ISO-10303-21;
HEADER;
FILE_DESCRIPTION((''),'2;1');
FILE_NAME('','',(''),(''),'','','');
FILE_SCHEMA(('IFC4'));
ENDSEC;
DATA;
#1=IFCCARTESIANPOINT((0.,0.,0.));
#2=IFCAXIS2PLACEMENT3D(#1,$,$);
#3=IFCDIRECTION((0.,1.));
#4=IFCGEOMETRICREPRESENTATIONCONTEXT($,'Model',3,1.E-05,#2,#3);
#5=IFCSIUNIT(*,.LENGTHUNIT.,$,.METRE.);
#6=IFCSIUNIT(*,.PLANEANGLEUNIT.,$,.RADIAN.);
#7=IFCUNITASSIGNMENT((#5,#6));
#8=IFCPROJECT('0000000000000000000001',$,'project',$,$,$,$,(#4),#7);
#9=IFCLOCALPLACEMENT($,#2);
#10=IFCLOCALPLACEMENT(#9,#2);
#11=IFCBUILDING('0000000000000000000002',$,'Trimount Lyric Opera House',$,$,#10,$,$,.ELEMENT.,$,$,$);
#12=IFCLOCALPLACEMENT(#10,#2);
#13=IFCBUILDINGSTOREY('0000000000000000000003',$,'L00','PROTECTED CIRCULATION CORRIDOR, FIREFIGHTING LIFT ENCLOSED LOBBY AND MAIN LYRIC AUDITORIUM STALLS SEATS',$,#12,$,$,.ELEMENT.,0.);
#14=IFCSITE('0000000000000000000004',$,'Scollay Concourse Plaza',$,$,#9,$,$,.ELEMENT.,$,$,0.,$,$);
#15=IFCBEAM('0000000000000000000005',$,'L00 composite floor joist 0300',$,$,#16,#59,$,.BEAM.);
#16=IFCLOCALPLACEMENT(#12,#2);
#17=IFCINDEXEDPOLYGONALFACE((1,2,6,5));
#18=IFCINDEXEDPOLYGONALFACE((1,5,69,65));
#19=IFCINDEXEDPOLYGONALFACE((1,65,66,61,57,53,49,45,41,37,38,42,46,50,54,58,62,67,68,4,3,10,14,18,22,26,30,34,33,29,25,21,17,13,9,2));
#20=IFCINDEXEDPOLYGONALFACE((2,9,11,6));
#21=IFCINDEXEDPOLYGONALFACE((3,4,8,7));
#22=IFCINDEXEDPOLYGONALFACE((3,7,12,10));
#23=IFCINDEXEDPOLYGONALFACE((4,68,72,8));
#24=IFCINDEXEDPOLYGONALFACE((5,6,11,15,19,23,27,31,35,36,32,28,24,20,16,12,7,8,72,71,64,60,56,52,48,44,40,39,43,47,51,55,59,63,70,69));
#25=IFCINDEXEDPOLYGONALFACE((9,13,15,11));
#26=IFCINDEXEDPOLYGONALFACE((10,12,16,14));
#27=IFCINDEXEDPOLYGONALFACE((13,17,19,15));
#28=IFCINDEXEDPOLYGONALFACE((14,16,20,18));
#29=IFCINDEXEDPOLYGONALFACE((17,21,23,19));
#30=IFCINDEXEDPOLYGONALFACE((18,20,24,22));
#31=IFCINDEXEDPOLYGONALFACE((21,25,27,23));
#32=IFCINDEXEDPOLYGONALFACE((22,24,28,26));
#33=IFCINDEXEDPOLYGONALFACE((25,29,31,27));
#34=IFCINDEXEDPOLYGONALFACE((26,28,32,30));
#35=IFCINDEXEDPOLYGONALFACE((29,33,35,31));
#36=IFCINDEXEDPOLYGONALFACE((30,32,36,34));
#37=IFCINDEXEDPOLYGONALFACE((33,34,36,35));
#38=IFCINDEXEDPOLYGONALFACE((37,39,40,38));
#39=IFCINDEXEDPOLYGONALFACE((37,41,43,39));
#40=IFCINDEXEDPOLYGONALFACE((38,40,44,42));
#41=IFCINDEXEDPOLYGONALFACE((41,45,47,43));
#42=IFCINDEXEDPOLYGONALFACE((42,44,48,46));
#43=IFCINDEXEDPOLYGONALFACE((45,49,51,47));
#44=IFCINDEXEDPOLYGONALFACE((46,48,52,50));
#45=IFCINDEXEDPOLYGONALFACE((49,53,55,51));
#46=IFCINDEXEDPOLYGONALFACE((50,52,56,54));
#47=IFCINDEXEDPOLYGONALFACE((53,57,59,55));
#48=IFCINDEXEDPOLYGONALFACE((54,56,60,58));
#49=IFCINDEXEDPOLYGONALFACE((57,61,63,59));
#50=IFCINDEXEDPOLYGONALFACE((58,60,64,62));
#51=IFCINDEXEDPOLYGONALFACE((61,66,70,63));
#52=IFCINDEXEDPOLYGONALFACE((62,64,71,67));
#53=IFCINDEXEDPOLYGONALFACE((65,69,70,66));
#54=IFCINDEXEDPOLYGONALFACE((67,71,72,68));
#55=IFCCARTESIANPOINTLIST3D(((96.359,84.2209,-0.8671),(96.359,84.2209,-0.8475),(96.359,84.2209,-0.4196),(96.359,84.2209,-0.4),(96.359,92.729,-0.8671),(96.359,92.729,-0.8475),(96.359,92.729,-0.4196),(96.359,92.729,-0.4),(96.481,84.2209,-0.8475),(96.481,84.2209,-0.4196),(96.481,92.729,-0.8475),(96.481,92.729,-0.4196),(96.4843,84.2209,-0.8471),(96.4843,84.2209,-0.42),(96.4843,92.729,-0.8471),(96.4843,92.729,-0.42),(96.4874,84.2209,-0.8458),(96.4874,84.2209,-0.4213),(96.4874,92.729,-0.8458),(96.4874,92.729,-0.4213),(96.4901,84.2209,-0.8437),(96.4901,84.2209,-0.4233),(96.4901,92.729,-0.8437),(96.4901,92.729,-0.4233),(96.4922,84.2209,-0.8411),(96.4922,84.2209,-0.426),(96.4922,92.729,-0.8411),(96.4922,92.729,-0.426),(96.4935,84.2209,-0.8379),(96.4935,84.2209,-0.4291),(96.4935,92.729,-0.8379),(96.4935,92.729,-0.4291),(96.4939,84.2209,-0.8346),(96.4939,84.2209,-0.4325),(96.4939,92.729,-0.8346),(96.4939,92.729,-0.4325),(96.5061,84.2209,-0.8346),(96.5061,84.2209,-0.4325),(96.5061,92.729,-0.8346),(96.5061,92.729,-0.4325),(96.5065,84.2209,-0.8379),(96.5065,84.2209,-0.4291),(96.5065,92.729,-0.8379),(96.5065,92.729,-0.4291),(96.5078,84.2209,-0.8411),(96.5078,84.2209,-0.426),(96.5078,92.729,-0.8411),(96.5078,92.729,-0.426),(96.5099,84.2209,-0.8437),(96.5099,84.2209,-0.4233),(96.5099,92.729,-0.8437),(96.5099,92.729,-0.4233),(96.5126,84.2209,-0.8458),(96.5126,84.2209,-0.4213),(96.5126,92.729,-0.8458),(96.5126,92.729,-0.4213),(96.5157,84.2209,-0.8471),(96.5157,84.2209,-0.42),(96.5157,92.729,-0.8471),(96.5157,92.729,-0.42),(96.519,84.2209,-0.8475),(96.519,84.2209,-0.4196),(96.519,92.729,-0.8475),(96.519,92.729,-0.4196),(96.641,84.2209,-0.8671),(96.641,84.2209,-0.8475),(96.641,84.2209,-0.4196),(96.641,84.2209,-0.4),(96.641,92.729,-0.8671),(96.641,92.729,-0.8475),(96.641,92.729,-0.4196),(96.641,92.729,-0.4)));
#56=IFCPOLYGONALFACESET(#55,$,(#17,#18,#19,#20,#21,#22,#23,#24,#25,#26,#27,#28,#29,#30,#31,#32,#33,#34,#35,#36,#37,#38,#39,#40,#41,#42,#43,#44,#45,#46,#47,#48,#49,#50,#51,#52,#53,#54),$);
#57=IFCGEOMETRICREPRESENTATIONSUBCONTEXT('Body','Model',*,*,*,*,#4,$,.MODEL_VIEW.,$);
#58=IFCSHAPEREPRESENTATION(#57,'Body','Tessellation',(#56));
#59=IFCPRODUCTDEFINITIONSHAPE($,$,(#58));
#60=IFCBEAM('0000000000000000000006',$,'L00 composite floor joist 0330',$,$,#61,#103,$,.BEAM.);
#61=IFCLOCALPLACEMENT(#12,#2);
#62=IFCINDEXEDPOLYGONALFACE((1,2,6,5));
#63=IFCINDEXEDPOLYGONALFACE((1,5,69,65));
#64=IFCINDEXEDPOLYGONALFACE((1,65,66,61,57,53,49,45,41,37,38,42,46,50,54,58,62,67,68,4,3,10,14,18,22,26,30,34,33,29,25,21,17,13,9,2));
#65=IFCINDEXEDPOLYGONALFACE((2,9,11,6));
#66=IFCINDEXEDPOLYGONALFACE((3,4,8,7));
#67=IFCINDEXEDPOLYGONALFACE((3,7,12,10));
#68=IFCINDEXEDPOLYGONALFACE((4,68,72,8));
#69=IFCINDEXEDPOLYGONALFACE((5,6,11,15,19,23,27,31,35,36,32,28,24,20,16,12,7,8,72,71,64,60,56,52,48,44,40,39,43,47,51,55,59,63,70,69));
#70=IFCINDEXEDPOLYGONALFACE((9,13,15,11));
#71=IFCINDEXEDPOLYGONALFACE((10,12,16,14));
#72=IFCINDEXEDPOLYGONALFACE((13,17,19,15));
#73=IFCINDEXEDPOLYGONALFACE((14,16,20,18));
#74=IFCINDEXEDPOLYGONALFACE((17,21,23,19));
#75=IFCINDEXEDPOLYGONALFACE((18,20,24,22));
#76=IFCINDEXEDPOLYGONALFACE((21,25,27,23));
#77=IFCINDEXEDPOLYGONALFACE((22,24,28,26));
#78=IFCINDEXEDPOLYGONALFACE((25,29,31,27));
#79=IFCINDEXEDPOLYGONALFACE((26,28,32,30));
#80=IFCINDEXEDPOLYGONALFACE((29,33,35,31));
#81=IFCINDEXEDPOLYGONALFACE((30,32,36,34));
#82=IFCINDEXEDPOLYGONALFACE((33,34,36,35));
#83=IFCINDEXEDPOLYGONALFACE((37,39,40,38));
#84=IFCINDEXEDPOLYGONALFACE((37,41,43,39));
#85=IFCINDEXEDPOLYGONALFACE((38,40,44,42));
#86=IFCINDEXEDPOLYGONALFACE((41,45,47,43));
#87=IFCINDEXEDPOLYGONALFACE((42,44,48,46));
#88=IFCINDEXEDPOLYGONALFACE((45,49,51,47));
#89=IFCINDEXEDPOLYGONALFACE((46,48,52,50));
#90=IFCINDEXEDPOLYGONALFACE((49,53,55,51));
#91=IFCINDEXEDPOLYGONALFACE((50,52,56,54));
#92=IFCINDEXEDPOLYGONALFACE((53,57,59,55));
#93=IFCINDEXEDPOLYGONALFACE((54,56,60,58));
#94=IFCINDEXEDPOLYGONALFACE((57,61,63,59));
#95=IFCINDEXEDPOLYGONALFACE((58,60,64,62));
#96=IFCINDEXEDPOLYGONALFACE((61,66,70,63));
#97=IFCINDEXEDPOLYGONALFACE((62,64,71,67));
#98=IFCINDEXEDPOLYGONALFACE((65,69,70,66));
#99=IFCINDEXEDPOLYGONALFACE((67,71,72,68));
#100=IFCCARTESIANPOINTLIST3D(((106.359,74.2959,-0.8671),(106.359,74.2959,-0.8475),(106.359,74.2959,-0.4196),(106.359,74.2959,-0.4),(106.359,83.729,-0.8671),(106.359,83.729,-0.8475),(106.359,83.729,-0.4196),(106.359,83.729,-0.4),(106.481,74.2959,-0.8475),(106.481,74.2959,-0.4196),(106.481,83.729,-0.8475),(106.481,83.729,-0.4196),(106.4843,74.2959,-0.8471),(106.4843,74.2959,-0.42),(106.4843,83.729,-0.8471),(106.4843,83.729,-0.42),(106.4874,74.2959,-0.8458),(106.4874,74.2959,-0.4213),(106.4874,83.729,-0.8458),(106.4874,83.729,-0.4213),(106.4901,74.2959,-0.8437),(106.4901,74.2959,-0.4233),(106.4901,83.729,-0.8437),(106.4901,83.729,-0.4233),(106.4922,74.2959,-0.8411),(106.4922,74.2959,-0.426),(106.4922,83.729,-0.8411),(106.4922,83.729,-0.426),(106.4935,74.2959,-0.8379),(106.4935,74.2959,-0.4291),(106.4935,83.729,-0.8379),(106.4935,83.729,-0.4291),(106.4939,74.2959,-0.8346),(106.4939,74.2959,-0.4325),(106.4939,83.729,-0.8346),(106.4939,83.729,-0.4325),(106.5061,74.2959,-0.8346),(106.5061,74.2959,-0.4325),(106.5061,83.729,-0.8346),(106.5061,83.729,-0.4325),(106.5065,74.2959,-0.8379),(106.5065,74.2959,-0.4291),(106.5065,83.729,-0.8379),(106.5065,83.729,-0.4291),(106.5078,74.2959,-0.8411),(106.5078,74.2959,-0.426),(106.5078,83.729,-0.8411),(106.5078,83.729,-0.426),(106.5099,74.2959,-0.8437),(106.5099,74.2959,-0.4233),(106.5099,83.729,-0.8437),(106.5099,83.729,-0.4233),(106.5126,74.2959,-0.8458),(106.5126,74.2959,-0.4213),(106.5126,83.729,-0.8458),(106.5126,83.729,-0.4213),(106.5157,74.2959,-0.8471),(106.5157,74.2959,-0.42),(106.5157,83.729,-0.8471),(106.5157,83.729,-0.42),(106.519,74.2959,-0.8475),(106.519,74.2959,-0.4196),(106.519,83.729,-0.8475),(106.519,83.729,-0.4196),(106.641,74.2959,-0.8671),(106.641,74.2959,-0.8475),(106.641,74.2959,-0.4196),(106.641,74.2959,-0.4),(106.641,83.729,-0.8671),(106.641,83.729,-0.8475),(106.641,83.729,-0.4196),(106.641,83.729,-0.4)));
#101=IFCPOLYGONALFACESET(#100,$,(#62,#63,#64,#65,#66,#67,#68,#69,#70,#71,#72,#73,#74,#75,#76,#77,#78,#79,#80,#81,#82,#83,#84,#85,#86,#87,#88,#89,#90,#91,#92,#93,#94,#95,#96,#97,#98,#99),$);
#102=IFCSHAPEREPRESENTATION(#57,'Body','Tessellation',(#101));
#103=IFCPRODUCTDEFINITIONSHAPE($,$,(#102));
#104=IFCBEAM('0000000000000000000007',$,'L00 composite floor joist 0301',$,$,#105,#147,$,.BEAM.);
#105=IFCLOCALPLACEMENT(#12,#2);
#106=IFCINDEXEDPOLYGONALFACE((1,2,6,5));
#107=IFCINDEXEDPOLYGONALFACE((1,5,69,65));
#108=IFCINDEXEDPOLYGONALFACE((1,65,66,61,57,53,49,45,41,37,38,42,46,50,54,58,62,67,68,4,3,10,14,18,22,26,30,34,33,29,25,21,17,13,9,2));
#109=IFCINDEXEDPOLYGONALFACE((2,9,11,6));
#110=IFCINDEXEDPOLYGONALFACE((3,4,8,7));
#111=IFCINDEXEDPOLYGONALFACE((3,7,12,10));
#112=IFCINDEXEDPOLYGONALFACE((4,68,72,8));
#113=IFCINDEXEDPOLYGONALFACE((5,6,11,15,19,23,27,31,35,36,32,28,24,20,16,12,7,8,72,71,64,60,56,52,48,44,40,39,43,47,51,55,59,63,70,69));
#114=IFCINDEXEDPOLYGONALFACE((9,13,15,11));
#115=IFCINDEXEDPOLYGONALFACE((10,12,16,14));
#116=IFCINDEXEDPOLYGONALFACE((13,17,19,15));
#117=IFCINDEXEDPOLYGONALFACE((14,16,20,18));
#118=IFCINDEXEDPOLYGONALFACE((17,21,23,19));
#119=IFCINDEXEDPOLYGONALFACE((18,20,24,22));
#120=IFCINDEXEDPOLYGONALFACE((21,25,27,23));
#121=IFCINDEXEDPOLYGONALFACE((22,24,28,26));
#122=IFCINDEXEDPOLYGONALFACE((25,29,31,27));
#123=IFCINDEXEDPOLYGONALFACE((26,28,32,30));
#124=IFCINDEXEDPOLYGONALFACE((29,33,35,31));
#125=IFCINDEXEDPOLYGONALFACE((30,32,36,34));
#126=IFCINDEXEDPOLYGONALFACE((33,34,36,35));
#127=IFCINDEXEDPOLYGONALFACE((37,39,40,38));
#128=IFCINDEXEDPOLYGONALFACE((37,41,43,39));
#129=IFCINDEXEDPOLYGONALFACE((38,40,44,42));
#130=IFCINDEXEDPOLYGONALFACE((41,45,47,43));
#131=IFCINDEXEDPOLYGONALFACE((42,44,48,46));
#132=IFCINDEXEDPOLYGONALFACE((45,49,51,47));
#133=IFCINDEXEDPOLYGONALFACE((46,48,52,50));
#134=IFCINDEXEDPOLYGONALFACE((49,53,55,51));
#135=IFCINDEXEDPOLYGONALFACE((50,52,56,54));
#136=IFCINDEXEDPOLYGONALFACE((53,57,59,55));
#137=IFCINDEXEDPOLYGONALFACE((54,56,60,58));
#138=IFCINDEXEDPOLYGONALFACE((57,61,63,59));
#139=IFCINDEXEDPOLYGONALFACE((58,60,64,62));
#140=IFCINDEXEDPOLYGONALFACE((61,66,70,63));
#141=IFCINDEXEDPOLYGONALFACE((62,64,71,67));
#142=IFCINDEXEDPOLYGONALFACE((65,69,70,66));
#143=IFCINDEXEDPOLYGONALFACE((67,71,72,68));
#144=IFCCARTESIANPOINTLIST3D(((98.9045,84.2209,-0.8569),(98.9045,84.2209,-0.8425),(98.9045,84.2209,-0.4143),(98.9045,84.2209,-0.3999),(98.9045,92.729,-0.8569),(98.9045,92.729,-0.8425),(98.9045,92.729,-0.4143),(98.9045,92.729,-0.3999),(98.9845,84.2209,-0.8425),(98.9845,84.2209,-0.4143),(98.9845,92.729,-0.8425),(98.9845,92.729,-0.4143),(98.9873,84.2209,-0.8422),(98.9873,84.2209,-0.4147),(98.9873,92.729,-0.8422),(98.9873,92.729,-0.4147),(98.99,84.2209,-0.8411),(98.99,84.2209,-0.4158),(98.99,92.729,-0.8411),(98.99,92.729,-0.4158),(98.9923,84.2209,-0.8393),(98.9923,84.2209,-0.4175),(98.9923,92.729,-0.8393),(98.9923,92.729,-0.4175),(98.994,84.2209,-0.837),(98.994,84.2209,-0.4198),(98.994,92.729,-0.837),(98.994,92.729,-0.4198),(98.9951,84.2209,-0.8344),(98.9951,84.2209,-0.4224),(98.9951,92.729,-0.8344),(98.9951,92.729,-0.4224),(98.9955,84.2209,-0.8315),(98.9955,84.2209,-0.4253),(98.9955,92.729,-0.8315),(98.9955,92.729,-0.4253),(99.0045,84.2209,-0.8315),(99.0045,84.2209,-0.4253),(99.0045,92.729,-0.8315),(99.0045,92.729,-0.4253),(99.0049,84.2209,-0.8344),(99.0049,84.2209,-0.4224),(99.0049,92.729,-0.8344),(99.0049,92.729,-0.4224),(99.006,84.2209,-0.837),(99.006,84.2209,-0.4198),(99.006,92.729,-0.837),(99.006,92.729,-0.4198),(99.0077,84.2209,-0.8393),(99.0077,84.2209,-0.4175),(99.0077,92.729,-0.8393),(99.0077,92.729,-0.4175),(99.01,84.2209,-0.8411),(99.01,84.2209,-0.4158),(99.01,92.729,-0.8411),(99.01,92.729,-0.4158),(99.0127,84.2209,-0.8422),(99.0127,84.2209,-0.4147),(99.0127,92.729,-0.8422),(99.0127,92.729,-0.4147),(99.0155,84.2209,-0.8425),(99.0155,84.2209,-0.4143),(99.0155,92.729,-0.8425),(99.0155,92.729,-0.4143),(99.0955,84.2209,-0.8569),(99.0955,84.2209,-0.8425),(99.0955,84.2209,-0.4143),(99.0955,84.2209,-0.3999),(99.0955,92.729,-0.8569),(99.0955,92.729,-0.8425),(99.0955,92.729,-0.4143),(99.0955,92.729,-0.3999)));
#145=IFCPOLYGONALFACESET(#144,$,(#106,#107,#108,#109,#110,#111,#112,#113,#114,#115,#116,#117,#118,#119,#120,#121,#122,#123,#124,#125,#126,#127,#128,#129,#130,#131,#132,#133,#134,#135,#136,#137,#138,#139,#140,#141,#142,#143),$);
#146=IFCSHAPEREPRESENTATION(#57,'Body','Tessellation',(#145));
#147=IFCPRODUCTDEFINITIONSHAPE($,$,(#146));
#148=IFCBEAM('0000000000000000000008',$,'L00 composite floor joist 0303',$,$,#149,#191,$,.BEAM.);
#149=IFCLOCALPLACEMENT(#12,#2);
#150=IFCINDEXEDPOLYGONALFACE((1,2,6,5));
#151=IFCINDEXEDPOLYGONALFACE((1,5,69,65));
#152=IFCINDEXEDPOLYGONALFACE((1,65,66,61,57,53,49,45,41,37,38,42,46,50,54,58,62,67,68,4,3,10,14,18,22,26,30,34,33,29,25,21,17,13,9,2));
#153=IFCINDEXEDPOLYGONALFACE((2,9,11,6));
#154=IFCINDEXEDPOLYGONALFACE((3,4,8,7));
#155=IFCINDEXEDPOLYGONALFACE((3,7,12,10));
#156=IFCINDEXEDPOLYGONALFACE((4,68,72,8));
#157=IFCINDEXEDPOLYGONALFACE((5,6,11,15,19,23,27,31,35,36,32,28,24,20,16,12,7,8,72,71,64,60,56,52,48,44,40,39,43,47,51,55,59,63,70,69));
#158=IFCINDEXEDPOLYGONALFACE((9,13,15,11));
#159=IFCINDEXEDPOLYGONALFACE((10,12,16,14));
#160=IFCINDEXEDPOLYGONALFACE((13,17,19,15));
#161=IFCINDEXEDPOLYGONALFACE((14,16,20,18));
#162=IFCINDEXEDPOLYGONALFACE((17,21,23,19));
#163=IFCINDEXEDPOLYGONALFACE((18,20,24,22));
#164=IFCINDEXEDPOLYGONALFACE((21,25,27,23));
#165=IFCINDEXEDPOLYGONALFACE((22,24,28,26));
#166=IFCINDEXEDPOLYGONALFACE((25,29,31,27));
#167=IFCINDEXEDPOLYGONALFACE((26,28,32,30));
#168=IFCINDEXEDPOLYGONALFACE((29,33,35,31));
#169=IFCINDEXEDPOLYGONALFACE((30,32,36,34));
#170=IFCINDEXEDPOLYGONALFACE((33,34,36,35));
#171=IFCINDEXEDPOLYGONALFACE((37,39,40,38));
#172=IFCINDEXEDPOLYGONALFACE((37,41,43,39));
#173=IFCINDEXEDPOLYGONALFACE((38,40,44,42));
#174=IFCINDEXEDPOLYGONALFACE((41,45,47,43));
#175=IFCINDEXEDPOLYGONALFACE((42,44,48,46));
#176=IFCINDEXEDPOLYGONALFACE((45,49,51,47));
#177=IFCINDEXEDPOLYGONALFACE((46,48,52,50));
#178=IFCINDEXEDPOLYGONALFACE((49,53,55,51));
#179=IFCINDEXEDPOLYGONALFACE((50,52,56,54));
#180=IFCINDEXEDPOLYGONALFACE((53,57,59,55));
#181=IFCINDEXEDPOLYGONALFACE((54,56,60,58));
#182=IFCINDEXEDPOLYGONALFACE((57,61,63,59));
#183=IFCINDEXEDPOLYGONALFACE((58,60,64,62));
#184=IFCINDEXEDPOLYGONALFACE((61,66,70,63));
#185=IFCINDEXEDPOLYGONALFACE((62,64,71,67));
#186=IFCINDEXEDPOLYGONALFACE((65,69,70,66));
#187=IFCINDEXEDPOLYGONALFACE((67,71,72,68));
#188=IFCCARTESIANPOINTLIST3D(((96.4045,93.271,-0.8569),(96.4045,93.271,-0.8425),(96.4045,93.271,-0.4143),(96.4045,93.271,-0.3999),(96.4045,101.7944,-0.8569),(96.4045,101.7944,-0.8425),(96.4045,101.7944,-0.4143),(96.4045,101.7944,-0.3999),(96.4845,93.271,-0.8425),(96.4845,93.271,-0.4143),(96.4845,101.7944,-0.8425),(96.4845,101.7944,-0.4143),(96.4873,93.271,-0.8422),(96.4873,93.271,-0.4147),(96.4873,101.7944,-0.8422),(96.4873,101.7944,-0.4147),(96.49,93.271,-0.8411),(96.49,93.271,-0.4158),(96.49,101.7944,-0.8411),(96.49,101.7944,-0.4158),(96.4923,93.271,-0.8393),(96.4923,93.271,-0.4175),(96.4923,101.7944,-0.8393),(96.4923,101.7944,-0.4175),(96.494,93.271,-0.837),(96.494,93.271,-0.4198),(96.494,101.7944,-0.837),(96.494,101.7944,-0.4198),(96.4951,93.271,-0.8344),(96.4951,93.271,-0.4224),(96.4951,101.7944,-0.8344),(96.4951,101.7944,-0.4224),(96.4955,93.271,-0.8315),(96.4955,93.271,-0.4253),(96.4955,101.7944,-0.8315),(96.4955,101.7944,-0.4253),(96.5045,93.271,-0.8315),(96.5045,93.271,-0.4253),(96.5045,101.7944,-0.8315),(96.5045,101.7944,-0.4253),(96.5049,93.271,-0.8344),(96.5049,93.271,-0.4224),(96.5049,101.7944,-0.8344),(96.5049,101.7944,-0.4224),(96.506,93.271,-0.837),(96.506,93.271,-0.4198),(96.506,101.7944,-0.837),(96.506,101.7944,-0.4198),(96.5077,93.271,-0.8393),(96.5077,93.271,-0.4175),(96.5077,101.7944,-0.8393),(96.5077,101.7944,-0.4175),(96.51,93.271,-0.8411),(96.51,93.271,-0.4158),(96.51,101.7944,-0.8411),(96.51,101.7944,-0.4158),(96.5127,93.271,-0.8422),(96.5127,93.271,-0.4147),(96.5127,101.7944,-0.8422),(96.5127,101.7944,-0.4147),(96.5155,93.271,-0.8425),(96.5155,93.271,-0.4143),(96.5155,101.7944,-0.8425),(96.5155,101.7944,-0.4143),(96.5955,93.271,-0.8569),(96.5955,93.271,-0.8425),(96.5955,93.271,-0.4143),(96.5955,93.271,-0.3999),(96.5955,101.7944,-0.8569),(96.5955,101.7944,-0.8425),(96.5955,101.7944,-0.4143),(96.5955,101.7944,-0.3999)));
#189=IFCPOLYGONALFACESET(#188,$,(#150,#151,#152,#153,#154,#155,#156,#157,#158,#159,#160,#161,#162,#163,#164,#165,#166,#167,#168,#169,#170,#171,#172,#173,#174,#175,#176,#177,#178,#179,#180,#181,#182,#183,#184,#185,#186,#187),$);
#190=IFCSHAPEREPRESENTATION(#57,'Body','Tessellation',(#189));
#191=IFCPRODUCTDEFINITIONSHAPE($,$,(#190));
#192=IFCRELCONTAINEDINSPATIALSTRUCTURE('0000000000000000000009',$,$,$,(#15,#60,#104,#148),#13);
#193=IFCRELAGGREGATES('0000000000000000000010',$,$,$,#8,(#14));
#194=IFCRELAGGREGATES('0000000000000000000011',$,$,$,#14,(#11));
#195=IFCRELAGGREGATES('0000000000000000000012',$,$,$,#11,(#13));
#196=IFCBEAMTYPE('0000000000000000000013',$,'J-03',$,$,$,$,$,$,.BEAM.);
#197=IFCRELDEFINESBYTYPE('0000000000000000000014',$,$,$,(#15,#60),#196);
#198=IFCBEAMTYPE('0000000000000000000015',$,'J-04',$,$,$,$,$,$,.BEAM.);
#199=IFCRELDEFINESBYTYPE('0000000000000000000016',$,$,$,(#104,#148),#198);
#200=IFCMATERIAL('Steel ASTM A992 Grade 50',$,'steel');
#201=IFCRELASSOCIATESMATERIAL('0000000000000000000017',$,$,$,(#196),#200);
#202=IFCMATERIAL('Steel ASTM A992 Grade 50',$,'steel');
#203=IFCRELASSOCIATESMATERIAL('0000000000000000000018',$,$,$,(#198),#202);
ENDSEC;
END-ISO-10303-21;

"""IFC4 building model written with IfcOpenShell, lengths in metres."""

from ifc_helpers import new_model, si_unit, direction, frame, origin, origin_2d, place, context, subcontext, project, spatial, i_section, extrude, material, material_profile, profile_set, type_object, element, save


model = new_model("IFC4")

# Units and contexts
model_context = context("Model", 3, precision=1e-05, world=origin(), true_north=direction((0.0, 1.0)))
body_context = subcontext(model_context, "Body", "Model", "MODEL_VIEW")
ifc_project = project(units=[si_unit("LENGTHUNIT", "METRE"), si_unit("PLANEANGLEUNIT", "RADIAN")], contexts=[model_context])

# Site, building, storey
site_placement = place(None, origin())
site = spatial("IfcSite", under=ifc_project, at=site_placement, Name="Scollay Concourse Plaza", CompositionType="ELEMENT", RefElevation=0.0)
building_placement = place(site_placement, origin())
building = spatial("IfcBuilding", under=site, at=building_placement, Name="Trimount Lyric Opera House", CompositionType="ELEMENT")
storey_placement = place(building_placement, origin())
storey = spatial("IfcBuildingStorey", under=building, at=storey_placement, Name="L00", Description="PROTECTED CIRCULATION CORRIDOR, FIREFIGHTING LIFT ENCLOSED LOBBY AND MAIN LYRIC AUDITORIUM STALLS SEATS", CompositionType="ELEMENT", Elevation=0.0)

# Beams
ifc_material_1 = material(Name="Steel ASTM A992 Grade 50", Category="steel")
ifc_material_profile_1 = material_profile(ifc_material_1, i_section(OverallWidth=0.282, OverallDepth=0.467, WebThickness=0.0122, FlangeThickness=0.0195, FilletRadius=0.0129, at=origin_2d()), Name="W18X86")
ifc_profile_set_1 = profile_set([ifc_material_profile_1], Name="Steel ASTM A992 Grade 50")
beam_type_1 = type_object("IfcBeamType", Name="J-03", PredefinedType="BEAM", material=ifc_profile_set_1)
beam_1_placement = place(storey_placement, frame((96.5, 84.2209, -0.6335), z_axis=(0.0, 1.0, 0.0), x_axis=(-1.0, 0.0, 0.0)))
element("IfcBeam", 1, at=beam_1_placement, inside=storey, type_object=beam_type_1, Name="L00 composite floor joist 0300", PredefinedType="BEAM", context=body_context, shape_type="SweptSolid", body=[
    extrude(i_section(OverallWidth=0.282, OverallDepth=0.467, WebThickness=0.0122, FlangeThickness=0.0195, FilletRadius=0.0129, at=origin_2d()), origin(), (0.0, 0.0, 1.0), 8.5081),
])
beam_2_placement = place(storey_placement, frame((106.5, 74.2959, -0.6335), z_axis=(0.0, 1.0, 0.0), x_axis=(-1.0, 0.0, 0.0)))
element("IfcBeam", 2, at=beam_2_placement, inside=storey, type_object=beam_type_1, Name="L00 composite floor joist 0330", PredefinedType="BEAM", context=body_context, shape_type="SweptSolid", body=[
    extrude(i_section(OverallWidth=0.282, OverallDepth=0.467, WebThickness=0.0122, FlangeThickness=0.0195, FilletRadius=0.0129, at=origin_2d()), origin(), (0.0, 0.0, 1.0), 9.4331),
])
ifc_material_2 = material(Name="Steel ASTM A992 Grade 50", Category="steel")
ifc_material_profile_2 = material_profile(ifc_material_2, i_section(OverallWidth=0.1909, OverallDepth=0.457, WebThickness=0.009, FlangeThickness=0.0144, FilletRadius=0.011, at=origin_2d()), Name="W18X50")
ifc_profile_set_2 = profile_set([ifc_material_profile_2], Name="Steel ASTM A992 Grade 50")
beam_type_2 = type_object("IfcBeamType", Name="J-04", PredefinedType="BEAM", material=ifc_profile_set_2)
beam_3_placement = place(storey_placement, frame((99.0, 84.2209, -0.6284), z_axis=(0.0, 1.0, 0.0), x_axis=(-1.0, 0.0, 0.0)))
element("IfcBeam", 3, at=beam_3_placement, inside=storey, type_object=beam_type_2, Name="L00 composite floor joist 0301", PredefinedType="BEAM", context=body_context, shape_type="SweptSolid", body=[
    extrude(i_section(OverallWidth=0.1909, OverallDepth=0.457, WebThickness=0.009, FlangeThickness=0.0144, FilletRadius=0.011, at=origin_2d()), origin(), (0.0, 0.0, 1.0), 8.5081),
])
beam_4_placement = place(storey_placement, frame((96.5, 93.271, -0.6284), z_axis=(0.0, 1.0, 0.0), x_axis=(-1.0, 0.0, 0.0)))
element("IfcBeam", 4, at=beam_4_placement, inside=storey, type_object=beam_type_2, Name="L00 composite floor joist 0303", PredefinedType="BEAM", context=body_context, shape_type="SweptSolid", body=[
    extrude(i_section(OverallWidth=0.1909, OverallDepth=0.457, WebThickness=0.009, FlangeThickness=0.0144, FilletRadius=0.011, at=origin_2d()), origin(), (0.0, 0.0, 1.0), 8.5234),
])

save(model, "model.ifc")
